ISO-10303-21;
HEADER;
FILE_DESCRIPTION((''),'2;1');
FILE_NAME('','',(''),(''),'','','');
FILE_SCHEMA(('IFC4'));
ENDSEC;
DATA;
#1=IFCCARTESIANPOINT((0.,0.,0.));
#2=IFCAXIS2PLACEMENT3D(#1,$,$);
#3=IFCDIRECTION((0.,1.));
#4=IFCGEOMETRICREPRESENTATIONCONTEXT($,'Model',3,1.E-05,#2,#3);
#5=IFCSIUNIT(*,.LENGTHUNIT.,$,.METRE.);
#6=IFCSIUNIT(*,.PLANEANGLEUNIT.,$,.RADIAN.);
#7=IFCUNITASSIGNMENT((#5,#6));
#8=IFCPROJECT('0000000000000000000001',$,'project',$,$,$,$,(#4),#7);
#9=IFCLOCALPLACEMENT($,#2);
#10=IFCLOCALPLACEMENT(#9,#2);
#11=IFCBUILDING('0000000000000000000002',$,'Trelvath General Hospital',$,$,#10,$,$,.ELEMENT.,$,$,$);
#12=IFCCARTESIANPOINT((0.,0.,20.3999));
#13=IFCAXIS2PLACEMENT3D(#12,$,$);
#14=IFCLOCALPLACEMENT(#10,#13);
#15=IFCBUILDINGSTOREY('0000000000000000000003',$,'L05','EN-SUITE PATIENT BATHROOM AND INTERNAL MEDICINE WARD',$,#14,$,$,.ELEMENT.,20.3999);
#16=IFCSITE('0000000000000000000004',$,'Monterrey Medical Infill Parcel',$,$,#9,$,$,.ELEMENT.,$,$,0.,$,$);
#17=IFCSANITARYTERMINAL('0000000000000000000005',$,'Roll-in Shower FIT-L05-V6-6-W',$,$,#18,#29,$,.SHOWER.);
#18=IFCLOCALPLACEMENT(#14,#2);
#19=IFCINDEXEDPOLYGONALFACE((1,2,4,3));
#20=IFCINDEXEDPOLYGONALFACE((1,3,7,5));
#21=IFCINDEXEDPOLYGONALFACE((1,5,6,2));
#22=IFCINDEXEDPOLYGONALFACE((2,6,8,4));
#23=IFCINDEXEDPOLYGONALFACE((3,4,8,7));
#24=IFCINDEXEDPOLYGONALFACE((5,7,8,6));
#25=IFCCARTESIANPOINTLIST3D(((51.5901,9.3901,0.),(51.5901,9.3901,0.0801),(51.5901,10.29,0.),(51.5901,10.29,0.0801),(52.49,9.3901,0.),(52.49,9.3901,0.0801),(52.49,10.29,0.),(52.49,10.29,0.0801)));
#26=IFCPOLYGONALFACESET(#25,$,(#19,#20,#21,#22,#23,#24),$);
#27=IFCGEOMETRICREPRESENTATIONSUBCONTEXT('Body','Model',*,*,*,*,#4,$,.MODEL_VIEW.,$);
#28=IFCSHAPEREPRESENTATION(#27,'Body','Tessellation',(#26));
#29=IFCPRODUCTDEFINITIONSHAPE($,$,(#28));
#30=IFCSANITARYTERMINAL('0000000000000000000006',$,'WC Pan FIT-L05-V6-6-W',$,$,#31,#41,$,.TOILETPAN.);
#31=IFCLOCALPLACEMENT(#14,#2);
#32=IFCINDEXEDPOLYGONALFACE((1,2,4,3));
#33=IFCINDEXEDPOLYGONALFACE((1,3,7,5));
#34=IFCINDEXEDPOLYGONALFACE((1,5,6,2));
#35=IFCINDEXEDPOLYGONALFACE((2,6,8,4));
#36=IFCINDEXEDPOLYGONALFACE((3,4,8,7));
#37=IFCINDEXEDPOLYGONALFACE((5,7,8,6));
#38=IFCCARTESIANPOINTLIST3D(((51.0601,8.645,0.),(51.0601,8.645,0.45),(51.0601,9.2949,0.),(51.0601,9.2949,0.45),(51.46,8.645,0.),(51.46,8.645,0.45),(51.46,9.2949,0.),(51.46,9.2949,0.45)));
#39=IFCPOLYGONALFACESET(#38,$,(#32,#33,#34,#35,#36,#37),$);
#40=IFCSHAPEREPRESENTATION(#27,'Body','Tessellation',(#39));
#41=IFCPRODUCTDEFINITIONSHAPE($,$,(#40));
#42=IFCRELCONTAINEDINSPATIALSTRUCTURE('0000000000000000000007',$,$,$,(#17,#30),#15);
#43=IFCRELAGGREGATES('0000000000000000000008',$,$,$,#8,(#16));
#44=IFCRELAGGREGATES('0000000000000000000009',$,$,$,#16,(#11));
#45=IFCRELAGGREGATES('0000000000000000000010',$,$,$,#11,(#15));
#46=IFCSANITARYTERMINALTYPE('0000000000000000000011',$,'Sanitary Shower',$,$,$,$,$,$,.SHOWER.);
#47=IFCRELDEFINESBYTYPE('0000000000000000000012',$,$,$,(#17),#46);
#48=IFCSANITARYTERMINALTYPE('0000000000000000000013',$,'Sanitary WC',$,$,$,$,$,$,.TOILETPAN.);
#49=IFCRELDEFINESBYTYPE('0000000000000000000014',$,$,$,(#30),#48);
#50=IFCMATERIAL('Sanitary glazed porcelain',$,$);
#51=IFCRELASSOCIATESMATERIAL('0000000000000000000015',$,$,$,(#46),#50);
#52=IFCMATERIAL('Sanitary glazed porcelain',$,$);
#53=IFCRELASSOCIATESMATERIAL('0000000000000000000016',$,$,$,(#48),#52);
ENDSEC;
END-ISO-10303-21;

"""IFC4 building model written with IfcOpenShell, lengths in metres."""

from ifc_helpers import new_model, si_unit, direction, frame, origin, origin_2d, place, context, subcontext, project, spatial, rectangle, extrude, material, type_object, element, save


model = new_model("IFC4")

# Units and contexts
model_context = context("Model", 3, precision=1e-05, world=origin(), true_north=direction((0.0, 1.0)))
body_context = subcontext(model_context, "Body", "Model", "MODEL_VIEW")
ifc_project = project(units=[si_unit("LENGTHUNIT", "METRE"), si_unit("PLANEANGLEUNIT", "RADIAN")], contexts=[model_context])

# Site, building, storey
site_placement = place(None, origin())
site = spatial("IfcSite", under=ifc_project, at=site_placement, Name="Monterrey Medical Infill Parcel", CompositionType="ELEMENT", RefElevation=0.0)
building_placement = place(site_placement, origin())
building = spatial("IfcBuilding", under=site, at=building_placement, Name="Trelvath General Hospital", CompositionType="ELEMENT")
storey_placement = place(building_placement, frame((0.0, 0.0, 20.3999)))
storey = spatial("IfcBuildingStorey", under=building, at=storey_placement, Name="L05", Description="EN-SUITE PATIENT BATHROOM AND INTERNAL MEDICINE WARD", CompositionType="ELEMENT", Elevation=20.3999)

# Sanitary terminals
ifc_material_1 = material(Name="Sanitary glazed porcelain")
sanitary_terminal_type_1 = type_object("IfcSanitaryTerminalType", Name="Sanitary Shower", PredefinedType="SHOWER", material=ifc_material_1)
sanitary_terminal_1_placement = place(storey_placement, frame((52.04, 9.8401, 0.0), z_axis=(0.0, 0.0, 1.0), x_axis=(1.0, 0.0, 0.0)))
element("IfcSanitaryTerminal", 1, at=sanitary_terminal_1_placement, inside=storey, type_object=sanitary_terminal_type_1, Name="Roll-in Shower FIT-L05-V6-6-W", PredefinedType="SHOWER", context=body_context, shape_type="SweptSolid", body=[
    extrude(rectangle(XDim=0.8999, YDim=0.8999, at=origin_2d()), origin(), (0.0, 0.0, 1.0), 0.0801),
])
ifc_material_2 = material(Name="Sanitary glazed porcelain")
sanitary_terminal_type_2 = type_object("IfcSanitaryTerminalType", Name="Sanitary WC", PredefinedType="TOILETPAN", material=ifc_material_2)
sanitary_terminal_2_placement = place(storey_placement, frame((51.26, 8.97, 0.0), z_axis=(0.0, 0.0, 1.0), x_axis=(1.0, 0.0, 0.0)))
element("IfcSanitaryTerminal", 2, at=sanitary_terminal_2_placement, inside=storey, type_object=sanitary_terminal_type_2, Name="WC Pan FIT-L05-V6-6-W", PredefinedType="TOILETPAN", context=body_context, shape_type="SweptSolid", body=[
    extrude(rectangle(XDim=0.3999, YDim=0.6499, at=origin_2d()), origin(), (0.0, 0.0, 1.0), 0.45),
])

save(model, "model.ifc")
